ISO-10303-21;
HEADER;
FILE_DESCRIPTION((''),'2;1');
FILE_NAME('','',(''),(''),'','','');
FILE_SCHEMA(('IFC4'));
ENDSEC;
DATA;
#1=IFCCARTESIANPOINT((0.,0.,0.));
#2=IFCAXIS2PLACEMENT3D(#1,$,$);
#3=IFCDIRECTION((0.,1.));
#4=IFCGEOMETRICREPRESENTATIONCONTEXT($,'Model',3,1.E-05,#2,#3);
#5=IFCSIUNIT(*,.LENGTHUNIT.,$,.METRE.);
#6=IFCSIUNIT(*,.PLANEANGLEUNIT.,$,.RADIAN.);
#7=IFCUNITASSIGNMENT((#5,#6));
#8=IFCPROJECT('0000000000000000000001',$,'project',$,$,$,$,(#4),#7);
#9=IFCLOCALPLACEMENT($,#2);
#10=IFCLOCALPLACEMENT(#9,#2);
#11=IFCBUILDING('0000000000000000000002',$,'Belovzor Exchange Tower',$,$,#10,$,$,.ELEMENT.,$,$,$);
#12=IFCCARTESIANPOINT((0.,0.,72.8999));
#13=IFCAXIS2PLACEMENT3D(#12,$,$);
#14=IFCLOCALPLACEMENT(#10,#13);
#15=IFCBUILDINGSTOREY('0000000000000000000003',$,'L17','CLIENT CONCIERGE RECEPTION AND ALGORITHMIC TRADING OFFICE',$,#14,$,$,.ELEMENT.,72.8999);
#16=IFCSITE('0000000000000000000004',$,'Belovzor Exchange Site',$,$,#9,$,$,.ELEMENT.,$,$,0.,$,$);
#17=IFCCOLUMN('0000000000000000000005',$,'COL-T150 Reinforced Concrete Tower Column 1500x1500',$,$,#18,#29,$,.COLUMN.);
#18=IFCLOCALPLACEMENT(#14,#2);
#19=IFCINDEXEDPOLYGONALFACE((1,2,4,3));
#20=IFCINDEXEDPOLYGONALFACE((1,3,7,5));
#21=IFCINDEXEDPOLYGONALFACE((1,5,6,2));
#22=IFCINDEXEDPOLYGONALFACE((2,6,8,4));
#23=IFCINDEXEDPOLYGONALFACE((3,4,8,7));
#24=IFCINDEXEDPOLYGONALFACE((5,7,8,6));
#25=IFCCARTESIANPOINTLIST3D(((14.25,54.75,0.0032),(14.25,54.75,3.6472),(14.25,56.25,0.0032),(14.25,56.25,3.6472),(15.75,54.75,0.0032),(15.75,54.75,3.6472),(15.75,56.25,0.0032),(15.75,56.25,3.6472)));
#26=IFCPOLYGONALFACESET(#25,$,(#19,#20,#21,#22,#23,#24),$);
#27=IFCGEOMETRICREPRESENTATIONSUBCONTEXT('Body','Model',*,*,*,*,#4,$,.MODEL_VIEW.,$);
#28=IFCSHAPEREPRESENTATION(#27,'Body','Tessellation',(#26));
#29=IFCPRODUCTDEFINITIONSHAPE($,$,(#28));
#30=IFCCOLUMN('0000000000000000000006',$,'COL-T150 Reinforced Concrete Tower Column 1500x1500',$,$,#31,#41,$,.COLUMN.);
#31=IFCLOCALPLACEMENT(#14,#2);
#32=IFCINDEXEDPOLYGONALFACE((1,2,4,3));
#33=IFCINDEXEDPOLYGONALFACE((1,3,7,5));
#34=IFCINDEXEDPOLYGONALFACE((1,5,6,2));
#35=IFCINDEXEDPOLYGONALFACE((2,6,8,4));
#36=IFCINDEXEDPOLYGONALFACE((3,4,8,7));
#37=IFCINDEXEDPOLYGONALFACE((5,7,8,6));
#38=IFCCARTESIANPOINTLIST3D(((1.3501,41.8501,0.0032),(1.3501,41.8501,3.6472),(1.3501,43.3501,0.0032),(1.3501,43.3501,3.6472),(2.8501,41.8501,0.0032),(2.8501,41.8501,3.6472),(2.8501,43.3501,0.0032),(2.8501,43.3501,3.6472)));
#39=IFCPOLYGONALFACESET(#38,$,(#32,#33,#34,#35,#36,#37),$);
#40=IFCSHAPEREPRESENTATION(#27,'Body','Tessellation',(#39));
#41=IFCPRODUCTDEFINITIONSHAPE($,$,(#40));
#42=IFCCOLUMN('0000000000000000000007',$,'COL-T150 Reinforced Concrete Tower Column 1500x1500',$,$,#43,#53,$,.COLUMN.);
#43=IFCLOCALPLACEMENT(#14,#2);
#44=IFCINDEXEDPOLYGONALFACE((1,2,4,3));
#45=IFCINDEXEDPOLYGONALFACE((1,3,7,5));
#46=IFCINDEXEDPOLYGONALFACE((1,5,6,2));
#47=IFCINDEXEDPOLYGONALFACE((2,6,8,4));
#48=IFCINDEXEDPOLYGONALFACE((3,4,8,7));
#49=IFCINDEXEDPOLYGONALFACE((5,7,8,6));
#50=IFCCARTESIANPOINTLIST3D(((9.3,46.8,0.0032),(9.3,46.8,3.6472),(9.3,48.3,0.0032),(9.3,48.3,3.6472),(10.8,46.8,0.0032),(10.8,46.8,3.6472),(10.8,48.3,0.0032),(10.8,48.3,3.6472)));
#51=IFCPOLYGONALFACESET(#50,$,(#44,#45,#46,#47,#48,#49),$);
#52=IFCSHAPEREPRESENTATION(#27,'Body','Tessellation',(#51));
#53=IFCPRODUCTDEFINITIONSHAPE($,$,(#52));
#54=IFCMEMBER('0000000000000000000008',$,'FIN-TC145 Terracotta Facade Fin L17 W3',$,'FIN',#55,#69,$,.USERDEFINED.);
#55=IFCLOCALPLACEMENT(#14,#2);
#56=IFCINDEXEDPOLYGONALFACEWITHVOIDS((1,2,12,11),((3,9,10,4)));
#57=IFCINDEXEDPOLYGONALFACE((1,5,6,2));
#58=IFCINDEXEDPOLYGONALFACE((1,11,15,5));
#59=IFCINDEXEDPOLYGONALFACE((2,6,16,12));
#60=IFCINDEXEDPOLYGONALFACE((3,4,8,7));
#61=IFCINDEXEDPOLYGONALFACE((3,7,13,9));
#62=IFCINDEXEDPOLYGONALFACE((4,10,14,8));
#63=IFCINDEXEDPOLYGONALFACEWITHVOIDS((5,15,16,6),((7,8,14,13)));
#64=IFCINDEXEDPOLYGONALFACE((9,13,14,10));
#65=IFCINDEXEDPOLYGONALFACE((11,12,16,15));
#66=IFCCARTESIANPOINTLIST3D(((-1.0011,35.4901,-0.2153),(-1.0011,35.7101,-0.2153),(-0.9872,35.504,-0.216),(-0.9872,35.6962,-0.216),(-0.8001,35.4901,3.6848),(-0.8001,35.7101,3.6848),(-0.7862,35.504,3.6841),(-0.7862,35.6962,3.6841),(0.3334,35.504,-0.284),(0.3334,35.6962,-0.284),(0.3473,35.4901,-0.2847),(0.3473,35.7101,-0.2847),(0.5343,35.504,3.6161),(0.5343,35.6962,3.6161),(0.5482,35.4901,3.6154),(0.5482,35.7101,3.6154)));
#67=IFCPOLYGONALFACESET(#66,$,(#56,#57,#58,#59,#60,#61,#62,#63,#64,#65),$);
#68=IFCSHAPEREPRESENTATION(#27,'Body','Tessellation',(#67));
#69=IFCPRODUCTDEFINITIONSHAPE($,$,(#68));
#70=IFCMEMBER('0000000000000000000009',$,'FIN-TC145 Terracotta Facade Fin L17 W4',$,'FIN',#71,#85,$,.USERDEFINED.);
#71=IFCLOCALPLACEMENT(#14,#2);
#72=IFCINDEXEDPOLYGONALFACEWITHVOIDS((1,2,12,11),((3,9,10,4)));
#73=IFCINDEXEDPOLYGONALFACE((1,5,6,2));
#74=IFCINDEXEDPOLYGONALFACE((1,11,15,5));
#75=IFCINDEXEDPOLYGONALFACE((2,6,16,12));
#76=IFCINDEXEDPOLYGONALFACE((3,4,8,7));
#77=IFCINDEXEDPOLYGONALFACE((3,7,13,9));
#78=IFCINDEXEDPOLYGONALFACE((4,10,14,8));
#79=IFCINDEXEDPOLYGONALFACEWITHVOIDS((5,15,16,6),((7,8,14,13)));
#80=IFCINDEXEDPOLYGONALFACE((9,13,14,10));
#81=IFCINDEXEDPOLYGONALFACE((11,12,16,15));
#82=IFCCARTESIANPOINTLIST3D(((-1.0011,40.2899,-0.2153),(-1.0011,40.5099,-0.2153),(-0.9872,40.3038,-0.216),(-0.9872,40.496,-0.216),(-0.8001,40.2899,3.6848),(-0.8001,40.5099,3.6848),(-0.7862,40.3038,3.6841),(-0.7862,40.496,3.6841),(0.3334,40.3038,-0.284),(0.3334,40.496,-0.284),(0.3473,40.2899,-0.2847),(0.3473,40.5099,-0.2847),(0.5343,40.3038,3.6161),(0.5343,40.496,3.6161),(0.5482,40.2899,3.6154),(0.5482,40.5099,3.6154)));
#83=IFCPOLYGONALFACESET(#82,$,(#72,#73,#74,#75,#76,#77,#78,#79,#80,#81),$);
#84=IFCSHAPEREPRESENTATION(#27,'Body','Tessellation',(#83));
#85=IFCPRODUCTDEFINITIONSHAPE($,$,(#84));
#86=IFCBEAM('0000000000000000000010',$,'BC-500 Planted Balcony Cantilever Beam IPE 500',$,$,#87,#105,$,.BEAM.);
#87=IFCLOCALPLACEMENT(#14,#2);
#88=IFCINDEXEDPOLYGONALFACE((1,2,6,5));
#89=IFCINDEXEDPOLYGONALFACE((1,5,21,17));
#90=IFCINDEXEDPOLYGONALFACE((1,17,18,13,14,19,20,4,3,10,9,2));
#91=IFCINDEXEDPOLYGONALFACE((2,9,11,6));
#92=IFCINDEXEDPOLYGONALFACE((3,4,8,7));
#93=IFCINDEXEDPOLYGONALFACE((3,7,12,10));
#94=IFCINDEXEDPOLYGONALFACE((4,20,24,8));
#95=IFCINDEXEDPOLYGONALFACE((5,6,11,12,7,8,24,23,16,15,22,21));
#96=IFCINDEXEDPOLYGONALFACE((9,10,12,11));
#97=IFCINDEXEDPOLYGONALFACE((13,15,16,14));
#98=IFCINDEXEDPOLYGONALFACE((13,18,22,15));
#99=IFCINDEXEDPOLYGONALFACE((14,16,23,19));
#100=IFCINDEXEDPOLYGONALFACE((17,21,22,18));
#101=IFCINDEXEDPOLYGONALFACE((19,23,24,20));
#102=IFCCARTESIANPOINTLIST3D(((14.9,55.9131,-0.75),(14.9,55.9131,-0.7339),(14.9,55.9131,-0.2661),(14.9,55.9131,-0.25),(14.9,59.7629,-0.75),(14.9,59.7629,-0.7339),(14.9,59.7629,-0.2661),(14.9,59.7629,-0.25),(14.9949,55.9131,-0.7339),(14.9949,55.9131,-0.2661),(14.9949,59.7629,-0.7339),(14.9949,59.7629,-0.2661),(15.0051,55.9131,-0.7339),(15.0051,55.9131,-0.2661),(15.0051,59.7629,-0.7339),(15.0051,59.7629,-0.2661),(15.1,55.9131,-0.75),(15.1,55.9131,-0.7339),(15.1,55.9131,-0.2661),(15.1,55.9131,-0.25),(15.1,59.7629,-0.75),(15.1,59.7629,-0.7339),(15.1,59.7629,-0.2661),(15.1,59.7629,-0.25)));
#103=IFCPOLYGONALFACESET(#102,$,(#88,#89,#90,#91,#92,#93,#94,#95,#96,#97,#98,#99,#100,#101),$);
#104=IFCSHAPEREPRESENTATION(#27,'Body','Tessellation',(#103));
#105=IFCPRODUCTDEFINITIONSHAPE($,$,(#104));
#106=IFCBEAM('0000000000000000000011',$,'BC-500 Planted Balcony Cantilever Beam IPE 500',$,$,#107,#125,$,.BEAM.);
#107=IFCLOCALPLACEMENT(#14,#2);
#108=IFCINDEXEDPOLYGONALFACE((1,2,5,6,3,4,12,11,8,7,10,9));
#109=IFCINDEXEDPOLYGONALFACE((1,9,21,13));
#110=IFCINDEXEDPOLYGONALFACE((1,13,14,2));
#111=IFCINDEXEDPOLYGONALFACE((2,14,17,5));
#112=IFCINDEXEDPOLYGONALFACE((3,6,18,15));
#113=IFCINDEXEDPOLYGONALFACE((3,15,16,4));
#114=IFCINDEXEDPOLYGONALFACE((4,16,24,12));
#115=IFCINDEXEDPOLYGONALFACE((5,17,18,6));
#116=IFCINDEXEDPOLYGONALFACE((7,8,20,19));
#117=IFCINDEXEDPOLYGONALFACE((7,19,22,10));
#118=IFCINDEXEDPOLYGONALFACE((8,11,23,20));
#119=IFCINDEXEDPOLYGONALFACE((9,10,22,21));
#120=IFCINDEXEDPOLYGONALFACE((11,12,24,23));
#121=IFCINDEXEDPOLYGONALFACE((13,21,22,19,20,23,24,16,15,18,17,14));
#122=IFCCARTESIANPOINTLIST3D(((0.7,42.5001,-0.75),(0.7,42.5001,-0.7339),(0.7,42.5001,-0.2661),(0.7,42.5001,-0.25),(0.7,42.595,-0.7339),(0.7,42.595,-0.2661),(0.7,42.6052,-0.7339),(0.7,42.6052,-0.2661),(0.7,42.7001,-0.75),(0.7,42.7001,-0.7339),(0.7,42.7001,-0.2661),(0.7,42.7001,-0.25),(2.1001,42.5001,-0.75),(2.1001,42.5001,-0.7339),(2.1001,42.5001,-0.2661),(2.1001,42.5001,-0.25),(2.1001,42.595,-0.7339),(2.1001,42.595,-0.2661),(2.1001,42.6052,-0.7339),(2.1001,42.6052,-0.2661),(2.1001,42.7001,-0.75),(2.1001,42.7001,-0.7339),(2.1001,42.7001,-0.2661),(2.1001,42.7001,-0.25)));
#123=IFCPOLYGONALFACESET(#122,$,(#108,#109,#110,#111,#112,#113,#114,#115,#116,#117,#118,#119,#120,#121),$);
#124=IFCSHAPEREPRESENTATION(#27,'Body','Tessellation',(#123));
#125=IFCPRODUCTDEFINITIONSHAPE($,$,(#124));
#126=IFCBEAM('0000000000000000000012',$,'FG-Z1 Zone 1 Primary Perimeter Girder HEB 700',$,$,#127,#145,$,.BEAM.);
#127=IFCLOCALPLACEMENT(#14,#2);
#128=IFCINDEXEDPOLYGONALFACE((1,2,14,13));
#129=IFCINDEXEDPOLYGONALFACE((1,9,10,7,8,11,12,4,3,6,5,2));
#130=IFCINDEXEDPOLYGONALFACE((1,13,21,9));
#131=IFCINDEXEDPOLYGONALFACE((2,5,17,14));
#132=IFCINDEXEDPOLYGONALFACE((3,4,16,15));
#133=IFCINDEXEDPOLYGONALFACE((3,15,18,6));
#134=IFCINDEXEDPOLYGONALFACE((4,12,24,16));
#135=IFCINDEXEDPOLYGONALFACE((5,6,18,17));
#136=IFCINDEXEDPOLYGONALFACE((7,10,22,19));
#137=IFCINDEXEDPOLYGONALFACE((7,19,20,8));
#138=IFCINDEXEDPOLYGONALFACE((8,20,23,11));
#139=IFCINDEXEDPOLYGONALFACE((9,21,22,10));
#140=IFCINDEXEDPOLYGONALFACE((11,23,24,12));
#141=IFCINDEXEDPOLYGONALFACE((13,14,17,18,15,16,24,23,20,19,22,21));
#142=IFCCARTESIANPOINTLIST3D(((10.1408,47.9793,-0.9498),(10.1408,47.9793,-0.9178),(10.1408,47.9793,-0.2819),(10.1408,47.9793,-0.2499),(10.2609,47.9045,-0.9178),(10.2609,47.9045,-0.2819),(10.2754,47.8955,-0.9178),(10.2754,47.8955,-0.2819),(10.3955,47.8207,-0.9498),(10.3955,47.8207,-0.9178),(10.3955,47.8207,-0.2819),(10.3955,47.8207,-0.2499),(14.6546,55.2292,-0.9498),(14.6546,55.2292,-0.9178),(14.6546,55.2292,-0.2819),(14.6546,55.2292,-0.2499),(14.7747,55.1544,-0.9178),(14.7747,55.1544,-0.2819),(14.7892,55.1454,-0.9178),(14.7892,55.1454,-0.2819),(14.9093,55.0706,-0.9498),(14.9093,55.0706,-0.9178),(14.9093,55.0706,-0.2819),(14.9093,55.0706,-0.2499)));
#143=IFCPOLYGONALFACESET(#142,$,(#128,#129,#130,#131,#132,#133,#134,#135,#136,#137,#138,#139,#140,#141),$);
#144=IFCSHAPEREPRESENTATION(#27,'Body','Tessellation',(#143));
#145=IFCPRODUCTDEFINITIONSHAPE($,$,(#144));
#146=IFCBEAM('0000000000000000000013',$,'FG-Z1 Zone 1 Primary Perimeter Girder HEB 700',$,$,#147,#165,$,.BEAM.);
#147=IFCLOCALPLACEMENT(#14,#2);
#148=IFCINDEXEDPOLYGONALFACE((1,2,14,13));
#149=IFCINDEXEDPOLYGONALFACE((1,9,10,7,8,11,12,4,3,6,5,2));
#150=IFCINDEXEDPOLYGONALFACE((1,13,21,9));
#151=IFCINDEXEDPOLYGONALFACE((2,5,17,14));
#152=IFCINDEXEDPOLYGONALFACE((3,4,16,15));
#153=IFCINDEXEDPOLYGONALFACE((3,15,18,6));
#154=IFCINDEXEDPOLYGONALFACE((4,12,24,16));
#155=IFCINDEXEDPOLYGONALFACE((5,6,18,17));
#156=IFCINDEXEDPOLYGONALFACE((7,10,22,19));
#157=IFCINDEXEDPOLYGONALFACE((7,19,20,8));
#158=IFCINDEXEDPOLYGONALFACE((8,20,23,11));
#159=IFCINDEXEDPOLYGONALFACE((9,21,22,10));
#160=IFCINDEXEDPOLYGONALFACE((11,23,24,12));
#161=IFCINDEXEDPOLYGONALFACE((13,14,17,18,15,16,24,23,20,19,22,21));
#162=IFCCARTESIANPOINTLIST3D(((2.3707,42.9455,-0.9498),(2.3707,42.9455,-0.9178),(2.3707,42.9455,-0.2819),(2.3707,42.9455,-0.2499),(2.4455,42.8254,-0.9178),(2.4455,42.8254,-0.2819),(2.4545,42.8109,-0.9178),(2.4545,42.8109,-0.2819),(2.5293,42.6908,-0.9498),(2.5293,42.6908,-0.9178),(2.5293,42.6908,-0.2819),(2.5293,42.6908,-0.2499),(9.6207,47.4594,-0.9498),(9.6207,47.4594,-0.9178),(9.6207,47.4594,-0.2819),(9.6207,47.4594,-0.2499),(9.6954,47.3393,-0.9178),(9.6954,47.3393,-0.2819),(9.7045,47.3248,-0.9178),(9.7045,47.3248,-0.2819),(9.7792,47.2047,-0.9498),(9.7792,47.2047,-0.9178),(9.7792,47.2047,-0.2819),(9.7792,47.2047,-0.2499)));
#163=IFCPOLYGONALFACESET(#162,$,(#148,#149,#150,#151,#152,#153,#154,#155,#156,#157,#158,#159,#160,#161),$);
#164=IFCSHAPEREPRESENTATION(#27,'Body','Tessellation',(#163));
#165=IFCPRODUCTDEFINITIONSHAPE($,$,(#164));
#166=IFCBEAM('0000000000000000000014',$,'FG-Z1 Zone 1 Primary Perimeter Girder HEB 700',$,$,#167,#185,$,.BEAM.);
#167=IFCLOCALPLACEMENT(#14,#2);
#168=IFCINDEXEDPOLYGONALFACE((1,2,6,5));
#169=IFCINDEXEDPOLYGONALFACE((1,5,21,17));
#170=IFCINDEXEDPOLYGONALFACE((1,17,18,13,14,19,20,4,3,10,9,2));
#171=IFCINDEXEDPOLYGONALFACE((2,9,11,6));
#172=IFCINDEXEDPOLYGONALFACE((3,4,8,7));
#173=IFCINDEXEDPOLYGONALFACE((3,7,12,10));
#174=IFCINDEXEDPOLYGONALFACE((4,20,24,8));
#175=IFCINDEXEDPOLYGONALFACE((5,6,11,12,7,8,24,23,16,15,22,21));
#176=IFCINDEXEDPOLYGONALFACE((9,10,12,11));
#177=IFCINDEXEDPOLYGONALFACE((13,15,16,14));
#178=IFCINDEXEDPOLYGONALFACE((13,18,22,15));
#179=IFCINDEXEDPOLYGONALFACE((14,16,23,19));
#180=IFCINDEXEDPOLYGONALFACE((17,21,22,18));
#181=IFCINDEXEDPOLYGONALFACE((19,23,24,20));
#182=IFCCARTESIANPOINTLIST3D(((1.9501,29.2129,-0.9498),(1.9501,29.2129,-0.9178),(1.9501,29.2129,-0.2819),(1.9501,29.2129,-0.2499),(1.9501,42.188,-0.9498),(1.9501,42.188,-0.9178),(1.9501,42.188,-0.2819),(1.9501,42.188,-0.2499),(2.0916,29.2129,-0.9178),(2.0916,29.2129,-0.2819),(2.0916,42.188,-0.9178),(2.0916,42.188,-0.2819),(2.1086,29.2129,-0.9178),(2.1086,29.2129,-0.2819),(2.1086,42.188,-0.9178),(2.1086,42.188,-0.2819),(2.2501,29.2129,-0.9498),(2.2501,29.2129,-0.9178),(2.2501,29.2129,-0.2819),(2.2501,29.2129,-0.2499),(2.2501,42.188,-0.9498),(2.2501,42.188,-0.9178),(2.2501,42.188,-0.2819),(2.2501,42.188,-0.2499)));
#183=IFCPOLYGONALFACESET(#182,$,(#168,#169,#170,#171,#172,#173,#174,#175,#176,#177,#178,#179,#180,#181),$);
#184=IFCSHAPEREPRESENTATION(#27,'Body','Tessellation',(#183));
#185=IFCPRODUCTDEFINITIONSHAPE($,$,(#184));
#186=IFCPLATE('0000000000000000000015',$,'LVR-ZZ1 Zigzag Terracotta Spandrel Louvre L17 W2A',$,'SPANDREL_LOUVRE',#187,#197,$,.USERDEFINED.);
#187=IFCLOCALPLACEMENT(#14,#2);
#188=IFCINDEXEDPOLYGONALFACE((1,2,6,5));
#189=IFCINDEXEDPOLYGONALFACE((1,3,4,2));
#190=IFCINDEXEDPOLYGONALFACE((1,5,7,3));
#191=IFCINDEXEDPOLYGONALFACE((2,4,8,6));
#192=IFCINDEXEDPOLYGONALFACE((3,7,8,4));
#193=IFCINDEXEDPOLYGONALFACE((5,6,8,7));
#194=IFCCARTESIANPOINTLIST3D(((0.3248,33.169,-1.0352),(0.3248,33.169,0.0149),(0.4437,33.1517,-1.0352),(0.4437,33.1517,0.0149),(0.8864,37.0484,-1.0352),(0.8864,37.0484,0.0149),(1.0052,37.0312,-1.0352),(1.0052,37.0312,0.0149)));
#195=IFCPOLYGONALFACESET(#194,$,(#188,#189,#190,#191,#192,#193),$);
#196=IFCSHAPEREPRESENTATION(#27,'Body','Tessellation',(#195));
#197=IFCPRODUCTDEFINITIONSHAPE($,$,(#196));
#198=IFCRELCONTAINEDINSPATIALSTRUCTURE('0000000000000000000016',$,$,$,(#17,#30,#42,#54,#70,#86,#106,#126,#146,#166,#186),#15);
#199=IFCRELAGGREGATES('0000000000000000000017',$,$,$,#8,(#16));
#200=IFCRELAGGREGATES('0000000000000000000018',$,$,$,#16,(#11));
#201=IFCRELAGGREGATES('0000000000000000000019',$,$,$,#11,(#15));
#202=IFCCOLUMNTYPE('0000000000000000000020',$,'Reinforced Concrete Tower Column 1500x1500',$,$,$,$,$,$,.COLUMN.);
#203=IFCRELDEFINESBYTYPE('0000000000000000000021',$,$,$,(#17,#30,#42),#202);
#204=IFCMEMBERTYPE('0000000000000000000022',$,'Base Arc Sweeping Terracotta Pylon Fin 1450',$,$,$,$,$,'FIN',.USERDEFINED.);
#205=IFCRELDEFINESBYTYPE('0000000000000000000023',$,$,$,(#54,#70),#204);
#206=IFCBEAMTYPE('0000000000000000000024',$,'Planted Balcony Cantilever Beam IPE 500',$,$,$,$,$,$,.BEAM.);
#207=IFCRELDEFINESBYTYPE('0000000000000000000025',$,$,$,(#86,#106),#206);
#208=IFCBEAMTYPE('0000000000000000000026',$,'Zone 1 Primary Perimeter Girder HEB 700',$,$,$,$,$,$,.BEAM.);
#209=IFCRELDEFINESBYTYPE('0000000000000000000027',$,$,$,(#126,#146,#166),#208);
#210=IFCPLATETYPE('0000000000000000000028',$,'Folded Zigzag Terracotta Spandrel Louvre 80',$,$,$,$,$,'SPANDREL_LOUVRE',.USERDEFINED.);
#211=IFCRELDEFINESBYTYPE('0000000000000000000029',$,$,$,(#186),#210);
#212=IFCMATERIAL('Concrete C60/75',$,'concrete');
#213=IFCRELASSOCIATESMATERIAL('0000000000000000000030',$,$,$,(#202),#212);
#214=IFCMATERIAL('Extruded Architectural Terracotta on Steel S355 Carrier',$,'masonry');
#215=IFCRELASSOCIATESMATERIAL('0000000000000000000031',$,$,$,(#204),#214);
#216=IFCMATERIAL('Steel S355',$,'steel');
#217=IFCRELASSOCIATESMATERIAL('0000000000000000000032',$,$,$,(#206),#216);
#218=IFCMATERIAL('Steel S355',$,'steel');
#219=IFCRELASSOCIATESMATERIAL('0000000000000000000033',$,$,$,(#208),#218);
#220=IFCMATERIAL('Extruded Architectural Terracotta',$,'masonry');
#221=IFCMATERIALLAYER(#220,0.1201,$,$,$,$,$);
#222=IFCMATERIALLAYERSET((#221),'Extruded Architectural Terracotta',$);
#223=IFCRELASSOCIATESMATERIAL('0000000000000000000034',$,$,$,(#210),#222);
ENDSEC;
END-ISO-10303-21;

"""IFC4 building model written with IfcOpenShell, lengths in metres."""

from ifc_helpers import new_model, si_unit, direction, frame, origin, origin_2d, place, context, subcontext, project, spatial, rectangle, hollow_rectangle, i_section, extrude, material, layer, layer_set, material_profile, profile_set, type_object, element, save


model = new_model("IFC4")

# Units and contexts
model_context = context("Model", 3, precision=1e-05, world=origin(), true_north=direction((0.0, 1.0)))
body_context = subcontext(model_context, "Body", "Model", "MODEL_VIEW")
ifc_project = project(units=[si_unit("LENGTHUNIT", "METRE"), si_unit("PLANEANGLEUNIT", "RADIAN")], contexts=[model_context])

# Site, building, storey
site_placement = place(None, origin())
site = spatial("IfcSite", under=ifc_project, at=site_placement, Name="Belovzor Exchange Site", CompositionType="ELEMENT", RefElevation=0.0)
building_placement = place(site_placement, origin())
building = spatial("IfcBuilding", under=site, at=building_placement, Name="Belovzor Exchange Tower", CompositionType="ELEMENT")
storey_placement = place(building_placement, frame((0.0, 0.0, 72.8999)))
storey = spatial("IfcBuildingStorey", under=building, at=storey_placement, Name="L17", Description="CLIENT CONCIERGE RECEPTION AND ALGORITHMIC TRADING OFFICE", CompositionType="ELEMENT", Elevation=72.8999)

# Columns
ifc_material_1 = material(Name="Concrete C60/75", Category="concrete")
ifc_material_profile_1 = material_profile(ifc_material_1, rectangle(XDim=1.5, YDim=1.5, at=origin_2d()))
ifc_profile_set_1 = profile_set([ifc_material_profile_1], Name="Concrete C60/75")
column_type = type_object("IfcColumnType", Name="Reinforced Concrete Tower Column 1500x1500", PredefinedType="COLUMN", material=ifc_profile_set_1)
for number, where, z_axis, x_axis, name in (
    (1, (15.0, 55.5, 0.0032), (0.0, 0.0, 1.0), (1.0, 0.0, 0.0), "COL-T150 Reinforced Concrete Tower Column 1500x1500"),
    (2, (2.1001, 42.6001, 0.0032), (0.0, 0.0, 1.0), (1.0, 0.0, 0.0), "COL-T150 Reinforced Concrete Tower Column 1500x1500"),
    (3, (10.05, 47.55, 0.0032), (0.0, 0.0, 1.0), (1.0, 0.0, 0.0), "COL-T150 Reinforced Concrete Tower Column 1500x1500"),
):
    element("IfcColumn", number, at=place(storey_placement, frame(where, z_axis=z_axis, x_axis=x_axis)), inside=storey, type_object=column_type, Name=name, PredefinedType="COLUMN", context=body_context, shape_type="SweptSolid", body=[
        extrude(rectangle(XDim=1.5, YDim=1.5, at=origin_2d()), origin(), (0.0, 0.0, 1.0), 3.644),
    ])

# Members
ifc_material_2 = material(Name="Extruded Architectural Terracotta on Steel S355 Carrier", Category="masonry")
ifc_material_profile_2 = material_profile(ifc_material_2, hollow_rectangle(XDim=0.22, YDim=1.3501, WallThickness=0.0139, at=origin_2d()))
ifc_profile_set_2 = profile_set([ifc_material_profile_2], Name="Extruded Architectural Terracotta on Steel S355 Carrier")
member_type = type_object("IfcMemberType", Name="Base Arc Sweeping Terracotta Pylon Fin 1450", ElementType="FIN", PredefinedType="USERDEFINED", material=ifc_profile_set_2)
for number, where, z_axis, x_axis, name in (
    (4, (-0.3269, 35.6001, -0.25), (0.05145, 0.0, 0.998676), (0.0, 1.0, 0.0), "FIN-TC145 Terracotta Facade Fin L17 W3"),
    (5, (-0.3269, 40.3999, -0.25), (0.05145, 0.0, 0.998676), (0.0, 1.0, 0.0), "FIN-TC145 Terracotta Facade Fin L17 W4"),
):
    element("IfcMember", number, at=place(storey_placement, frame(where, z_axis=z_axis, x_axis=x_axis)), inside=storey, type_object=member_type, Name=name, ObjectType="FIN", PredefinedType="USERDEFINED", context=body_context, shape_type="SweptSolid", body=[
        extrude(hollow_rectangle(XDim=0.22, YDim=1.3501, WallThickness=0.0139, at=origin_2d()), origin(), (0.0, 0.0, 1.0), 3.9053),
    ])

# Beams
ifc_material_3 = material(Name="Steel S355", Category="steel")
ifc_material_profile_3 = material_profile(ifc_material_3, i_section(OverallWidth=0.2, OverallDepth=0.5, WebThickness=0.0103, FlangeThickness=0.0161, at=origin_2d()))
ifc_profile_set_3 = profile_set([ifc_material_profile_3], Name="Steel S355")
beam_type_1 = type_object("IfcBeamType", Name="Planted Balcony Cantilever Beam IPE 500", PredefinedType="BEAM", material=ifc_profile_set_3)
beam_1_placement = place(storey_placement, frame((15.0, 55.9131, -0.5), z_axis=(0.0, 1.0, 0.0), x_axis=(-1.0, 0.0, 0.0)))
element("IfcBeam", 6, at=beam_1_placement, inside=storey, type_object=beam_type_1, Name="BC-500 Planted Balcony Cantilever Beam IPE 500", PredefinedType="BEAM", context=body_context, shape_type="SweptSolid", body=[
    extrude(i_section(OverallWidth=0.2, OverallDepth=0.5, WebThickness=0.0103, FlangeThickness=0.0161, at=origin_2d()), origin(), (0.0, 0.0, 1.0), 3.8499),
])
beam_2_placement = place(storey_placement, frame((2.1001, 42.6001, -0.5), z_axis=(-1.0, 0.0, 0.0), x_axis=(0.0, -1.0, 0.0)))
element("IfcBeam", 7, at=beam_2_placement, inside=storey, type_object=beam_type_1, Name="BC-500 Planted Balcony Cantilever Beam IPE 500", PredefinedType="BEAM", context=body_context, shape_type="SweptSolid", body=[
    extrude(i_section(OverallWidth=0.2, OverallDepth=0.5, WebThickness=0.0103, FlangeThickness=0.0161, at=origin_2d()), origin(), (0.0, 0.0, 1.0), 1.4001),
])
ifc_material_4 = material(Name="Steel S355", Category="steel")
ifc_material_profile_4 = material_profile(ifc_material_4, i_section(OverallWidth=0.3, OverallDepth=0.7, WebThickness=0.0171, FlangeThickness=0.032, at=origin_2d()))
ifc_profile_set_4 = profile_set([ifc_material_profile_4], Name="Steel S355")
beam_type_2 = type_object("IfcBeamType", Name="Zone 1 Primary Perimeter Girder HEB 700", PredefinedType="BEAM", material=ifc_profile_set_4)
for number, where, z_axis, x_axis, name in (
    (8, (14.782, 55.1499, -0.5999), (-0.528539, -0.848909, 0.0), (0.848909, -0.528539, 0.0), "FG-Z1 Zone 1 Primary Perimeter Girder HEB 700"),
    (9, (9.7, 47.332, -0.5999), (-0.848909, -0.528539, 0.0), (0.528539, -0.848909, 0.0), "FG-Z1 Zone 1 Primary Perimeter Girder HEB 700"),
):
    element("IfcBeam", number, at=place(storey_placement, frame(where, z_axis=z_axis, x_axis=x_axis)), inside=storey, type_object=beam_type_2, Name=name, PredefinedType="BEAM", context=body_context, shape_type="SweptSolid", body=[
        extrude(i_section(OverallWidth=0.3, OverallDepth=0.7, WebThickness=0.0171, FlangeThickness=0.032, at=origin_2d()), origin(), (0.0, 0.0, 1.0), 8.5403),
    ])
beam_3_placement = place(storey_placement, frame((2.1001, 42.188, -0.5999), z_axis=(0.0, -1.0, 0.0), x_axis=(1.0, 0.0, 0.0)))
element("IfcBeam", 10, at=beam_3_placement, inside=storey, type_object=beam_type_2, Name="FG-Z1 Zone 1 Primary Perimeter Girder HEB 700", PredefinedType="BEAM", context=body_context, shape_type="SweptSolid", body=[
    extrude(i_section(OverallWidth=0.3, OverallDepth=0.7, WebThickness=0.0171, FlangeThickness=0.032, at=origin_2d()), origin(), (0.0, 0.0, 1.0), 12.9751),
])

# Plate
ifc_material_5 = material(Name="Extruded Architectural Terracotta", Category="masonry")
ifc_layer_1 = layer(ifc_material_5, 0.1201)
ifc_layer_set_1 = layer_set([ifc_layer_1], Name="Extruded Architectural Terracotta")
plate_type = type_object("IfcPlateType", Name="Folded Zigzag Terracotta Spandrel Louvre 80", ElementType="SPANDREL_LOUVRE", PredefinedType="USERDEFINED", material=ifc_layer_set_1)
for number, where, z_axis, x_axis, name in (
    (11, (0.665, 35.1001, -1.0352), (0.0, 0.0, 1.0), (0.143251, 0.989686, 0.0), "LVR-ZZ1 Zigzag Terracotta Spandrel Louvre L17 W2A"),
):
    element("IfcPlate", number, at=place(storey_placement, frame(where, z_axis=z_axis, x_axis=x_axis)), inside=storey, type_object=plate_type, Name=name, ObjectType="SPANDREL_LOUVRE", PredefinedType="USERDEFINED", context=body_context, shape_type="SweptSolid", body=[
        extrude(rectangle(XDim=3.9199, YDim=0.1201, at=origin_2d()), origin(), (0.0, 0.0, 1.0), 1.05),
    ])

save(model, "model.ifc")
